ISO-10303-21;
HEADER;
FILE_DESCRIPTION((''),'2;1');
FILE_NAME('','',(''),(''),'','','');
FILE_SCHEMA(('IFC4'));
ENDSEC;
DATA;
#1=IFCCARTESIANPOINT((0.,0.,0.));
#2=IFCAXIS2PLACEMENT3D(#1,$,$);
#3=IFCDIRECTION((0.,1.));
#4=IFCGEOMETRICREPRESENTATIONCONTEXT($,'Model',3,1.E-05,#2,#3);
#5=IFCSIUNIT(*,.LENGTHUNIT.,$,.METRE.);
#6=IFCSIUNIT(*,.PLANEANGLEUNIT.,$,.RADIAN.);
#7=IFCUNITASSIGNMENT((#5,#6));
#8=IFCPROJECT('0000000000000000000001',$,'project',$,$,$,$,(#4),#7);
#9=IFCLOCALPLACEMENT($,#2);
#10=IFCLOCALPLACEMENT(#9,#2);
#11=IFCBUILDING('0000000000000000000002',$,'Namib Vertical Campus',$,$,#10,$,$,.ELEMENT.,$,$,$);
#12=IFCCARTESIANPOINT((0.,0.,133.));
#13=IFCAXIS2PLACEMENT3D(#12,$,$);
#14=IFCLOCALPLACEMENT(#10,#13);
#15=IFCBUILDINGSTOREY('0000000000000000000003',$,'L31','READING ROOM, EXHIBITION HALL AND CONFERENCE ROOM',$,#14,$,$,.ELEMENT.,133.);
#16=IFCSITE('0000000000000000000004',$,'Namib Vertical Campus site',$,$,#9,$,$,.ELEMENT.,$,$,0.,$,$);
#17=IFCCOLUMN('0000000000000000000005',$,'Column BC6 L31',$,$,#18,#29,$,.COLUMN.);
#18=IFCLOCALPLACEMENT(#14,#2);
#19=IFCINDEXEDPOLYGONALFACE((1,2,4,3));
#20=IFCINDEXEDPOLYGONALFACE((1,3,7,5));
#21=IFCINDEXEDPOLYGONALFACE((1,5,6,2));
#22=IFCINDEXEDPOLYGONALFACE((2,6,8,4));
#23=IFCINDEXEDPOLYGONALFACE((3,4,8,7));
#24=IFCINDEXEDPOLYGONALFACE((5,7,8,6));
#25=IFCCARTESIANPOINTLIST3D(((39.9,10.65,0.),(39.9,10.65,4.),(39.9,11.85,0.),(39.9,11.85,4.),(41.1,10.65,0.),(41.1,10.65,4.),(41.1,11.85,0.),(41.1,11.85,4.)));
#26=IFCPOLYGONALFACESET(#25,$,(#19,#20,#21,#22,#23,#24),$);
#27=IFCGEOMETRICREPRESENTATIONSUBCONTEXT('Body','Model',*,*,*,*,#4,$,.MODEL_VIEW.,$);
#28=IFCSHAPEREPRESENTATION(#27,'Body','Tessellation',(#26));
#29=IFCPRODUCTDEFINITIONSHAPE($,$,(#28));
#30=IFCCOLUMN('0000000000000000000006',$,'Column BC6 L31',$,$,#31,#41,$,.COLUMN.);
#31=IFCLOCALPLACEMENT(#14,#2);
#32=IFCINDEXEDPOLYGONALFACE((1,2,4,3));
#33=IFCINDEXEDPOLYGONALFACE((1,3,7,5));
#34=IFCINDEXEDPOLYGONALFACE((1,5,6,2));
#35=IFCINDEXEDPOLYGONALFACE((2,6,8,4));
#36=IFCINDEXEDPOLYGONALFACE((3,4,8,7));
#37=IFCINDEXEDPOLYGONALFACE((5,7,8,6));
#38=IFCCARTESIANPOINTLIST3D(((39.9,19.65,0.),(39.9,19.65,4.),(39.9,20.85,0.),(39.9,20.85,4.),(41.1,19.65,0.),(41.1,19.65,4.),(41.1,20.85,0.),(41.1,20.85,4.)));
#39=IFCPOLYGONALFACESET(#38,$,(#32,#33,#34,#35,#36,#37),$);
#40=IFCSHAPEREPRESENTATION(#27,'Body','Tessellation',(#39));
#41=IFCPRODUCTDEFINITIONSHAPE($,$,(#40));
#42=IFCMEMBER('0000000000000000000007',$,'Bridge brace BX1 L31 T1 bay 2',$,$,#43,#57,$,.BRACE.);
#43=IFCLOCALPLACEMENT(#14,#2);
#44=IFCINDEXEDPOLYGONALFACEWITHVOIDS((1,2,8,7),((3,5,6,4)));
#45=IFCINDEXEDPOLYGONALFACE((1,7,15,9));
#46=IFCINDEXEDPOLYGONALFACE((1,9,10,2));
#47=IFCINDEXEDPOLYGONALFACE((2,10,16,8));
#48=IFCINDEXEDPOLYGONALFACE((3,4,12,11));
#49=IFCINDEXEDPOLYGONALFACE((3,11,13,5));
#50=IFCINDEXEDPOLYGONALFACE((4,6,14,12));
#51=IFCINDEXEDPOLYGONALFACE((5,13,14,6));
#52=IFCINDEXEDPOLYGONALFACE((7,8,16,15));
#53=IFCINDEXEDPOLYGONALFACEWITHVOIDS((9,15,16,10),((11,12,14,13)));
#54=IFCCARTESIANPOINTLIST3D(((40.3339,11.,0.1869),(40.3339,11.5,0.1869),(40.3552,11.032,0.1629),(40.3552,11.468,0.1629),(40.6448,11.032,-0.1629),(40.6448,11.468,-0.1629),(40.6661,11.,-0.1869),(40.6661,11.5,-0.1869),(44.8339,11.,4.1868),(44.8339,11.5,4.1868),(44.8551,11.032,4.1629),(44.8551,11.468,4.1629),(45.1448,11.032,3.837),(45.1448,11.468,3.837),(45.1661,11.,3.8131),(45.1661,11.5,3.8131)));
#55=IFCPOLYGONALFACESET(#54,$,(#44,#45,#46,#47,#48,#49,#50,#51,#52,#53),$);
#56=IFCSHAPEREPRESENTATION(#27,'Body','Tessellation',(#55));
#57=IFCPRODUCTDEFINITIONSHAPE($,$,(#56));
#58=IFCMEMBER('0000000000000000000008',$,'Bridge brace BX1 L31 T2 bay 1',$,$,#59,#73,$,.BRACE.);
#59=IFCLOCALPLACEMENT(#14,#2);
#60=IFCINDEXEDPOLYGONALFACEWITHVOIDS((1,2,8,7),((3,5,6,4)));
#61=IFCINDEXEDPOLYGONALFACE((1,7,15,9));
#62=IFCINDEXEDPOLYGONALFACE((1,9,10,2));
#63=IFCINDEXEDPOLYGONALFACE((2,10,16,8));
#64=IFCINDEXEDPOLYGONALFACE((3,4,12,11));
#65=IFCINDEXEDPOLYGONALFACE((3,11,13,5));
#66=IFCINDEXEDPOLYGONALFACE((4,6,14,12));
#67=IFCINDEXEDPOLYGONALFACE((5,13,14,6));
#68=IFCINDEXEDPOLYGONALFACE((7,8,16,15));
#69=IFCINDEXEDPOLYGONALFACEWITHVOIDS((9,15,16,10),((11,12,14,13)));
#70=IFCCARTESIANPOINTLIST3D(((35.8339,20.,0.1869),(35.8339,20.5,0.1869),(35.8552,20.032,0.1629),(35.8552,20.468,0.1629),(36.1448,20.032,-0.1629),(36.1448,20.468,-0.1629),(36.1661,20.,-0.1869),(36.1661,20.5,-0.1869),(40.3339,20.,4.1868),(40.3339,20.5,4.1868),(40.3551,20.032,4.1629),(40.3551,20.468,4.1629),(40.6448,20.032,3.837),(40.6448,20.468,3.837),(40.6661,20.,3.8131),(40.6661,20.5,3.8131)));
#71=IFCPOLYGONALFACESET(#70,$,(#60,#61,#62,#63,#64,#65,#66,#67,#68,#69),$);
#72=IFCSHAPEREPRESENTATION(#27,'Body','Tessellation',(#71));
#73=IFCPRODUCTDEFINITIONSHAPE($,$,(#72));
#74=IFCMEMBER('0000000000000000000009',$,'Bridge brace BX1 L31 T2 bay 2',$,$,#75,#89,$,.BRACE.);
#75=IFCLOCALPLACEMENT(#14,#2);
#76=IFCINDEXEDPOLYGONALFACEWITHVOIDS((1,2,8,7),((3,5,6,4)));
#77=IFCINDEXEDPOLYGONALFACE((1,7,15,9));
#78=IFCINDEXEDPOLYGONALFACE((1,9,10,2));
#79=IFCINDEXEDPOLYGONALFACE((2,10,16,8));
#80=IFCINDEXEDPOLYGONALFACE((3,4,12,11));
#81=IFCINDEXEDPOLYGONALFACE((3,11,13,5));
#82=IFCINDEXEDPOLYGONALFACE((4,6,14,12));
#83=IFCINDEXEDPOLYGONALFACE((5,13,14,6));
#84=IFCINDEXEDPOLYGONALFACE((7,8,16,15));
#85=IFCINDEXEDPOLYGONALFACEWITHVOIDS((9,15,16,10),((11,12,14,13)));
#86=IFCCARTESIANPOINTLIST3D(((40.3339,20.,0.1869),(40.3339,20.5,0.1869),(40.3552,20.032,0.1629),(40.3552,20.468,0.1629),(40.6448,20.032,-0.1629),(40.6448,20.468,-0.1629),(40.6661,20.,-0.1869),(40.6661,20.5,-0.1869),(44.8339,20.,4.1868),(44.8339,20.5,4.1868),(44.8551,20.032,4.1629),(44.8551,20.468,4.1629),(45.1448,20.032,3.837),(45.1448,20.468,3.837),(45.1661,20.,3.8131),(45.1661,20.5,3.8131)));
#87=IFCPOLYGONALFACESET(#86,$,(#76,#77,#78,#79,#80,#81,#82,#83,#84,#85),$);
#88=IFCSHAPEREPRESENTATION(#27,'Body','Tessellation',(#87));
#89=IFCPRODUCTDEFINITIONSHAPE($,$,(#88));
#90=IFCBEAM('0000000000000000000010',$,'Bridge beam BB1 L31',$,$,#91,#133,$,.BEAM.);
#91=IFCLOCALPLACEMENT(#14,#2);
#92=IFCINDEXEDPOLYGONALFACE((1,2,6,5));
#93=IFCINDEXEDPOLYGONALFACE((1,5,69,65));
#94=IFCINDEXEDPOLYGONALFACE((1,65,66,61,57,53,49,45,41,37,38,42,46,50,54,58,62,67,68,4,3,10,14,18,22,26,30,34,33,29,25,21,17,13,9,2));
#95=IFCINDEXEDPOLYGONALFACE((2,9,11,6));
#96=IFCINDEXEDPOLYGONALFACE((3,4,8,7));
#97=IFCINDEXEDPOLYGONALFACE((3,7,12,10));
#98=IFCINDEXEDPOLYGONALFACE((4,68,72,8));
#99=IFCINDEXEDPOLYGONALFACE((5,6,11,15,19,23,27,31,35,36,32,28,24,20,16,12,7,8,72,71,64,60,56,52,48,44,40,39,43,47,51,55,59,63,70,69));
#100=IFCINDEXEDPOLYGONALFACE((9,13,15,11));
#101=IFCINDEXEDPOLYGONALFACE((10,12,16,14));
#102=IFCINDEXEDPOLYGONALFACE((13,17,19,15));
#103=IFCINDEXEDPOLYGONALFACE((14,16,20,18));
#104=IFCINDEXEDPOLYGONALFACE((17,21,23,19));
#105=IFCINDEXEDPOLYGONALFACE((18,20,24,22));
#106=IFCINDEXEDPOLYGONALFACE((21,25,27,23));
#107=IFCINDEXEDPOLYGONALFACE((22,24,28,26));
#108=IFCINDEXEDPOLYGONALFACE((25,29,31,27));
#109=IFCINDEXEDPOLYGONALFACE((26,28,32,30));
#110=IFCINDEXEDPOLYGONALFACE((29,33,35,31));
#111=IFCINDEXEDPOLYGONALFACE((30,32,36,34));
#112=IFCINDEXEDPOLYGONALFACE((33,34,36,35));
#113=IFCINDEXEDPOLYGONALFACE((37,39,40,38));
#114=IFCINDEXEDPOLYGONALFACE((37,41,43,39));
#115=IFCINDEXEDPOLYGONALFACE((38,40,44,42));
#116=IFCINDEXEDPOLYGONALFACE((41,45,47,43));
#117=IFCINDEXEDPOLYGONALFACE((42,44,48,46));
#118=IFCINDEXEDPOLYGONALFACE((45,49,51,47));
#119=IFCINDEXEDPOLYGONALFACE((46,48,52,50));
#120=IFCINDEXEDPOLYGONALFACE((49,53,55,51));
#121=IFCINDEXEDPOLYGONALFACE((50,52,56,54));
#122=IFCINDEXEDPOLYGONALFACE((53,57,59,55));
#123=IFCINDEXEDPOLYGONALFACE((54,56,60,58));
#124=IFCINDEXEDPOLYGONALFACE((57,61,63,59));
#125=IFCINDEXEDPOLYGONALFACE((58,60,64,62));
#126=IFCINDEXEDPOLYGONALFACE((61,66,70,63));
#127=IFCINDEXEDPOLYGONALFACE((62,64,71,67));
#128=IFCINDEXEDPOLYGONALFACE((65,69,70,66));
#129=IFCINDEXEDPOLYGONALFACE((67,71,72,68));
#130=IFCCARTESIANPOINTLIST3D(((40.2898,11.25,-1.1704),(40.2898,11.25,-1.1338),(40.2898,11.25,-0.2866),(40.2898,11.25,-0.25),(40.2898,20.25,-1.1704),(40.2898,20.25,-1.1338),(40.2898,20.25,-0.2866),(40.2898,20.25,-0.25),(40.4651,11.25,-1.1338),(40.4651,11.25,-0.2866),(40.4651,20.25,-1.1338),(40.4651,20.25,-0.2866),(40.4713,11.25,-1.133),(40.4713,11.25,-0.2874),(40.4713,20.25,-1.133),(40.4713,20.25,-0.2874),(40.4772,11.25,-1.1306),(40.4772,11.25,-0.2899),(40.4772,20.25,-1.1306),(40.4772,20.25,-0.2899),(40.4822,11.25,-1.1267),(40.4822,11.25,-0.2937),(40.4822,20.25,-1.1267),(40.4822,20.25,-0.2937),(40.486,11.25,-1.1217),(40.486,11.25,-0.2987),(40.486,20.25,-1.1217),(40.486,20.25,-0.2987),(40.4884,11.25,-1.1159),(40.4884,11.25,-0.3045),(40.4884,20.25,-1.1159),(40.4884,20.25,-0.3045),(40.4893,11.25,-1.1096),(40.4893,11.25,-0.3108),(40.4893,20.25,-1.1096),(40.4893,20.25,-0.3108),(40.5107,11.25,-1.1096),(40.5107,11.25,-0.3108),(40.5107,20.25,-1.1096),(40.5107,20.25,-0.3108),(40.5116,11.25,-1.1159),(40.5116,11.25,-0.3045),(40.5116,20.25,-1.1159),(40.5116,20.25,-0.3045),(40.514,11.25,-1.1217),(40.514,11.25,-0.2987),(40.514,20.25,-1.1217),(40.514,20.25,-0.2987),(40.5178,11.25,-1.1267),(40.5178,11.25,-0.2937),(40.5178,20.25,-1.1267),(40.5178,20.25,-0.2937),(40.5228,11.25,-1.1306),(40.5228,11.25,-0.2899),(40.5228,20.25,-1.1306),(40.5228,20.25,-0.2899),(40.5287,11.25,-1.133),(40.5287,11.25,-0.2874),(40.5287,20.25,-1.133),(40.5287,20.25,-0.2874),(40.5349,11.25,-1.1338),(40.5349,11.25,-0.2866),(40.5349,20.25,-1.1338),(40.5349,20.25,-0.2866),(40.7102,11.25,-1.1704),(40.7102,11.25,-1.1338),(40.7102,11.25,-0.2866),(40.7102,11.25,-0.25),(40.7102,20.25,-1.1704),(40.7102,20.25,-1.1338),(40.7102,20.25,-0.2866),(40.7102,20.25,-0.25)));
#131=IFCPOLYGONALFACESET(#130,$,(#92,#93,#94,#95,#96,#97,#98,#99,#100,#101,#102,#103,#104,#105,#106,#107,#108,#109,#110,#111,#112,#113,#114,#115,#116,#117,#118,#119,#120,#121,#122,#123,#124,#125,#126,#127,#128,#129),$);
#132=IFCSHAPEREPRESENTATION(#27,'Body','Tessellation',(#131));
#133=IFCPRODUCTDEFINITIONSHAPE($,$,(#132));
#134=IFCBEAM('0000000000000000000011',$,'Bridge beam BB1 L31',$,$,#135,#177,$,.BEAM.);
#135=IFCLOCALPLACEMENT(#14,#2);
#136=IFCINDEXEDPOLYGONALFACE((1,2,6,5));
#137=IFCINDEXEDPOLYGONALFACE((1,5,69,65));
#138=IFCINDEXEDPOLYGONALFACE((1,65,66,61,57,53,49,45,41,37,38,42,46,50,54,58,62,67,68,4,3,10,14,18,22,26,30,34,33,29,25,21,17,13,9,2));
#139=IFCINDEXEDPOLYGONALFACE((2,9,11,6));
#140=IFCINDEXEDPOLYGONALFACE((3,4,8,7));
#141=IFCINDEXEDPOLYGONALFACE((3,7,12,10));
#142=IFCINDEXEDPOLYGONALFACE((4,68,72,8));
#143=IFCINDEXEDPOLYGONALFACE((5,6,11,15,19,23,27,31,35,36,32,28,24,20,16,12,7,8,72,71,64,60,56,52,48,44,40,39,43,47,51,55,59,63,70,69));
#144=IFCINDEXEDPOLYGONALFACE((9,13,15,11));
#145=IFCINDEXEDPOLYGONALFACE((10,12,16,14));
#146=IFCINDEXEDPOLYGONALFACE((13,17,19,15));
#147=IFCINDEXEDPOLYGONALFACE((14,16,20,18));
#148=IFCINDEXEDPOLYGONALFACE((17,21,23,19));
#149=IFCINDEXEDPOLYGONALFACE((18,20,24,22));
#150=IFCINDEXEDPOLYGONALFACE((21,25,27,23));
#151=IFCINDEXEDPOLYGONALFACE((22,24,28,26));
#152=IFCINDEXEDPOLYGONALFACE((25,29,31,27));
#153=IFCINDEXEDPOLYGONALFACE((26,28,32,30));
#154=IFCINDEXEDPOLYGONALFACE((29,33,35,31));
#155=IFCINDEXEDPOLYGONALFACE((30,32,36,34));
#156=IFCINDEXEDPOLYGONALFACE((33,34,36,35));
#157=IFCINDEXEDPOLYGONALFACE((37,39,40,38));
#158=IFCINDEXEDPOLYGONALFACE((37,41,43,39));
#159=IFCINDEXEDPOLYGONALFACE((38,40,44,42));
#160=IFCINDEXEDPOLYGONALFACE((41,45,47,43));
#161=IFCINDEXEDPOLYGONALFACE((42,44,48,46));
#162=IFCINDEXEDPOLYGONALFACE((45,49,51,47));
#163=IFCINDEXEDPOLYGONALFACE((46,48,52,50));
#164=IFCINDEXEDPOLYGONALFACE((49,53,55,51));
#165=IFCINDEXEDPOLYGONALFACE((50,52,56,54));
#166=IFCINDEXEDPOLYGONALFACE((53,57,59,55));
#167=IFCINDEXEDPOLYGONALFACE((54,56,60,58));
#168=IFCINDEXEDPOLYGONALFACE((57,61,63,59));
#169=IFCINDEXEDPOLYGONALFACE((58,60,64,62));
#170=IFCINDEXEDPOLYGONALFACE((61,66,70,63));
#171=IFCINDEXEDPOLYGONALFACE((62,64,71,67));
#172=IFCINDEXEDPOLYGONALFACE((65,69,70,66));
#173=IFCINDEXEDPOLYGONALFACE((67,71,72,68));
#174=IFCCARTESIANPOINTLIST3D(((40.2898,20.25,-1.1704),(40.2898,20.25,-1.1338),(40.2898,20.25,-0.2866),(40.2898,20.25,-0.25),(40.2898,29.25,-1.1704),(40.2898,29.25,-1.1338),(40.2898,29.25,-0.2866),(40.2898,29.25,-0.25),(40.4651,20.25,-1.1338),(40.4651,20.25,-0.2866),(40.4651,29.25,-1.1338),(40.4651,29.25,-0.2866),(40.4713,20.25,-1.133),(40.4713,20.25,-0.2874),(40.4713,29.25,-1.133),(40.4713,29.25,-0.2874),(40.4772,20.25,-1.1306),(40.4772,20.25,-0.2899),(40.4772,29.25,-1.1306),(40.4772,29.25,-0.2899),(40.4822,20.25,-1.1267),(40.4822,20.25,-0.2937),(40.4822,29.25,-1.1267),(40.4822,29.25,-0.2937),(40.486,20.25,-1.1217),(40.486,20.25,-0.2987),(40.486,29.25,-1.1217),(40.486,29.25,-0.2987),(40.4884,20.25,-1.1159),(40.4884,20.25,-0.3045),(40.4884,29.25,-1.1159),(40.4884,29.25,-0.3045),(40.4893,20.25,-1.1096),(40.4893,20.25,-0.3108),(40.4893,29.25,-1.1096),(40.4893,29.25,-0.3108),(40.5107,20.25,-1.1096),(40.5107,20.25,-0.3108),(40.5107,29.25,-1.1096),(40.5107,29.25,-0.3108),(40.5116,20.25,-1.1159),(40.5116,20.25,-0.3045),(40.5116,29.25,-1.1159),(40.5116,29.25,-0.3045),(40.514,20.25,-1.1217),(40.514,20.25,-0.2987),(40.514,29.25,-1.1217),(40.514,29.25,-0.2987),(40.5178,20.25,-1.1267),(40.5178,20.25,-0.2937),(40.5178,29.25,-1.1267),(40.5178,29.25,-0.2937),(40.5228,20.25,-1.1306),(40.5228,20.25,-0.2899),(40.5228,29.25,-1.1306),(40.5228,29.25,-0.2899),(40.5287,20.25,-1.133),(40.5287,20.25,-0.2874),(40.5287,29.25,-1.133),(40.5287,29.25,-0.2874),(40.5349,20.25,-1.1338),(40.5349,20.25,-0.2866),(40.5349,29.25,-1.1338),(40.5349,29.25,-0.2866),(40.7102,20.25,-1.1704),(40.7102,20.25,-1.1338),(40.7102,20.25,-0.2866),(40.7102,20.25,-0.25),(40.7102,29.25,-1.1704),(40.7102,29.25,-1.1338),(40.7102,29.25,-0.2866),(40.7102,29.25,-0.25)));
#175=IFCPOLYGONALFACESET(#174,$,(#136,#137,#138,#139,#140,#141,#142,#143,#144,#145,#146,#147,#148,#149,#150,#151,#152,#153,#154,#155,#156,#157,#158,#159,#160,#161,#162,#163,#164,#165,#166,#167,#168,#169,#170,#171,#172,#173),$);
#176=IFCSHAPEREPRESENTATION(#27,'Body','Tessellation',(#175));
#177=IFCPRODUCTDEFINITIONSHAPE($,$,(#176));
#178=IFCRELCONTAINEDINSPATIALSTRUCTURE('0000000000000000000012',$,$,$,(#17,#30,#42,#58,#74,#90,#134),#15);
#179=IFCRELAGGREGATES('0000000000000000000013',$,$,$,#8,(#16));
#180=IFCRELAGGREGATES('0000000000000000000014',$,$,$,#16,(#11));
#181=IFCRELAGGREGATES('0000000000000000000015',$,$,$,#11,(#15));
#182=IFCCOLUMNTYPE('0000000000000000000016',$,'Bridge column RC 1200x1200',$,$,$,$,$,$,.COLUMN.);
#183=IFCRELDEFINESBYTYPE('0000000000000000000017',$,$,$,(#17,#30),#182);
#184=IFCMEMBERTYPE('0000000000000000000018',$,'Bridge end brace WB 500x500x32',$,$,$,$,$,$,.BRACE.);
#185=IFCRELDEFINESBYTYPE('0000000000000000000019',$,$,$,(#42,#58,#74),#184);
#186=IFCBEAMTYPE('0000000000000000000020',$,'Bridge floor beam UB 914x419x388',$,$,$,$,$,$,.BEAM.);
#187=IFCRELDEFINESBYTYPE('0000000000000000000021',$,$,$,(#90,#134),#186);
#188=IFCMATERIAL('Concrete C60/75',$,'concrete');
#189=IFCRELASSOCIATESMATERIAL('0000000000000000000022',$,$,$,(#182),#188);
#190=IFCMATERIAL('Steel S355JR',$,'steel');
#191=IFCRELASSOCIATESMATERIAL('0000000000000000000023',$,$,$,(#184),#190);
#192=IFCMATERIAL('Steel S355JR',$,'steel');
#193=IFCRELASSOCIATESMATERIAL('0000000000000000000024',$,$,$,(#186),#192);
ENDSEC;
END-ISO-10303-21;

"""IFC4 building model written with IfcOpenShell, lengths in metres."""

from ifc_helpers import new_model, si_unit, direction, frame, origin, origin_2d, place, context, subcontext, project, spatial, rectangle, hollow_rectangle, i_section, extrude, material, material_profile, profile_set, type_object, element, save


model = new_model("IFC4")

# Units and contexts
model_context = context("Model", 3, precision=1e-05, world=origin(), true_north=direction((0.0, 1.0)))
body_context = subcontext(model_context, "Body", "Model", "MODEL_VIEW")
ifc_project = project(units=[si_unit("LENGTHUNIT", "METRE"), si_unit("PLANEANGLEUNIT", "RADIAN")], contexts=[model_context])

# Site, building, storey
site_placement = place(None, origin())
site = spatial("IfcSite", under=ifc_project, at=site_placement, Name="Namib Vertical Campus site", CompositionType="ELEMENT", RefElevation=0.0)
building_placement = place(site_placement, origin())
building = spatial("IfcBuilding", under=site, at=building_placement, Name="Namib Vertical Campus", CompositionType="ELEMENT")
storey_placement = place(building_placement, frame((0.0, 0.0, 133.0)))
storey = spatial("IfcBuildingStorey", under=building, at=storey_placement, Name="L31", Description="READING ROOM, EXHIBITION HALL AND CONFERENCE ROOM", CompositionType="ELEMENT", Elevation=133.0)

# Columns
ifc_material_1 = material(Name="Concrete C60/75", Category="concrete")
ifc_material_profile_1 = material_profile(ifc_material_1, rectangle(XDim=1.2, YDim=1.2, at=origin_2d()))
ifc_profile_set_1 = profile_set([ifc_material_profile_1], Name="Concrete C60/75")
column_type = type_object("IfcColumnType", Name="Bridge column RC 1200x1200", PredefinedType="COLUMN", material=ifc_profile_set_1)
for number, where, z_axis, x_axis, name in (
    (1, (40.5, 11.25, 0.0), (0.0, 0.0, 1.0), (1.0, 0.0, 0.0), "Column BC6 L31"),
    (2, (40.5, 20.25, 0.0), (0.0, 0.0, 1.0), (1.0, 0.0, 0.0), "Column BC6 L31"),
):
    element("IfcColumn", number, at=place(storey_placement, frame(where, z_axis=z_axis, x_axis=x_axis)), inside=storey, type_object=column_type, Name=name, PredefinedType="COLUMN", context=body_context, shape_type="SweptSolid", body=[
        extrude(rectangle(XDim=1.2, YDim=1.2, at=origin_2d()), origin(), (0.0, 0.0, 1.0), 4.0),
    ])

# Members
ifc_material_2 = material(Name="Steel S355JR", Category="steel")
ifc_material_profile_2 = material_profile(ifc_material_2, hollow_rectangle(XDim=0.5, YDim=0.5, WallThickness=0.032, at=origin_2d()))
ifc_profile_set_2 = profile_set([ifc_material_profile_2], Name="Steel S355JR")
member_type_1 = type_object("IfcMemberType", Name="Bridge end brace WB 500x500x32", PredefinedType="BRACE", material=ifc_profile_set_2)
for number, where, z_axis, x_axis, name in (
    (3, (40.5, 11.25, 0.0), (0.747409, 0.0, 0.664364), (0.0, 1.0, 0.0), "Bridge brace BX1 L31 T1 bay 2"),
    (4, (36.0, 20.25, 0.0), (0.747409, 0.0, 0.664364), (0.0, 1.0, 0.0), "Bridge brace BX1 L31 T2 bay 1"),
    (5, (40.5, 20.25, 0.0), (0.747409, 0.0, 0.664364), (0.0, 1.0, 0.0), "Bridge brace BX1 L31 T2 bay 2"),
):
    element("IfcMember", number, at=place(storey_placement, frame(where, z_axis=z_axis, x_axis=x_axis)), inside=storey, type_object=member_type_1, Name=name, PredefinedType="BRACE", context=body_context, shape_type="SweptSolid", body=[
        extrude(hollow_rectangle(XDim=0.5, YDim=0.5, WallThickness=0.032, at=origin_2d()), origin(), (0.0, 0.0, 1.0), 6.0208),
    ])

# Beams
ifc_material_3 = material(Name="Steel S355JR", Category="steel")
ifc_material_profile_3 = material_profile(ifc_material_3, i_section(OverallWidth=0.4204, OverallDepth=0.9204, WebThickness=0.0215, FlangeThickness=0.0366, FilletRadius=0.0242, at=origin_2d()))
ifc_profile_set_3 = profile_set([ifc_material_profile_3], Name="Steel S355JR")
beam_type_1 = type_object("IfcBeamType", Name="Bridge floor beam UB 914x419x388", PredefinedType="BEAM", material=ifc_profile_set_3)
for number, where, z_axis, x_axis, name in (
    (6, (40.5, 11.25, -0.7102), (0.0, 1.0, 0.0), (-1.0, 0.0, 0.0), "Bridge beam BB1 L31"),
    (7, (40.5, 20.25, -0.7102), (0.0, 1.0, 0.0), (-1.0, 0.0, 0.0), "Bridge beam BB1 L31"),
):
    element("IfcBeam", number, at=place(storey_placement, frame(where, z_axis=z_axis, x_axis=x_axis)), inside=storey, type_object=beam_type_1, Name=name, PredefinedType="BEAM", context=body_context, shape_type="SweptSolid", body=[
        extrude(i_section(OverallWidth=0.4204, OverallDepth=0.9204, WebThickness=0.0215, FlangeThickness=0.0366, FilletRadius=0.0242, at=origin_2d()), origin(), (0.0, 0.0, 1.0), 9.0),
    ])

save(model, "model.ifc")
